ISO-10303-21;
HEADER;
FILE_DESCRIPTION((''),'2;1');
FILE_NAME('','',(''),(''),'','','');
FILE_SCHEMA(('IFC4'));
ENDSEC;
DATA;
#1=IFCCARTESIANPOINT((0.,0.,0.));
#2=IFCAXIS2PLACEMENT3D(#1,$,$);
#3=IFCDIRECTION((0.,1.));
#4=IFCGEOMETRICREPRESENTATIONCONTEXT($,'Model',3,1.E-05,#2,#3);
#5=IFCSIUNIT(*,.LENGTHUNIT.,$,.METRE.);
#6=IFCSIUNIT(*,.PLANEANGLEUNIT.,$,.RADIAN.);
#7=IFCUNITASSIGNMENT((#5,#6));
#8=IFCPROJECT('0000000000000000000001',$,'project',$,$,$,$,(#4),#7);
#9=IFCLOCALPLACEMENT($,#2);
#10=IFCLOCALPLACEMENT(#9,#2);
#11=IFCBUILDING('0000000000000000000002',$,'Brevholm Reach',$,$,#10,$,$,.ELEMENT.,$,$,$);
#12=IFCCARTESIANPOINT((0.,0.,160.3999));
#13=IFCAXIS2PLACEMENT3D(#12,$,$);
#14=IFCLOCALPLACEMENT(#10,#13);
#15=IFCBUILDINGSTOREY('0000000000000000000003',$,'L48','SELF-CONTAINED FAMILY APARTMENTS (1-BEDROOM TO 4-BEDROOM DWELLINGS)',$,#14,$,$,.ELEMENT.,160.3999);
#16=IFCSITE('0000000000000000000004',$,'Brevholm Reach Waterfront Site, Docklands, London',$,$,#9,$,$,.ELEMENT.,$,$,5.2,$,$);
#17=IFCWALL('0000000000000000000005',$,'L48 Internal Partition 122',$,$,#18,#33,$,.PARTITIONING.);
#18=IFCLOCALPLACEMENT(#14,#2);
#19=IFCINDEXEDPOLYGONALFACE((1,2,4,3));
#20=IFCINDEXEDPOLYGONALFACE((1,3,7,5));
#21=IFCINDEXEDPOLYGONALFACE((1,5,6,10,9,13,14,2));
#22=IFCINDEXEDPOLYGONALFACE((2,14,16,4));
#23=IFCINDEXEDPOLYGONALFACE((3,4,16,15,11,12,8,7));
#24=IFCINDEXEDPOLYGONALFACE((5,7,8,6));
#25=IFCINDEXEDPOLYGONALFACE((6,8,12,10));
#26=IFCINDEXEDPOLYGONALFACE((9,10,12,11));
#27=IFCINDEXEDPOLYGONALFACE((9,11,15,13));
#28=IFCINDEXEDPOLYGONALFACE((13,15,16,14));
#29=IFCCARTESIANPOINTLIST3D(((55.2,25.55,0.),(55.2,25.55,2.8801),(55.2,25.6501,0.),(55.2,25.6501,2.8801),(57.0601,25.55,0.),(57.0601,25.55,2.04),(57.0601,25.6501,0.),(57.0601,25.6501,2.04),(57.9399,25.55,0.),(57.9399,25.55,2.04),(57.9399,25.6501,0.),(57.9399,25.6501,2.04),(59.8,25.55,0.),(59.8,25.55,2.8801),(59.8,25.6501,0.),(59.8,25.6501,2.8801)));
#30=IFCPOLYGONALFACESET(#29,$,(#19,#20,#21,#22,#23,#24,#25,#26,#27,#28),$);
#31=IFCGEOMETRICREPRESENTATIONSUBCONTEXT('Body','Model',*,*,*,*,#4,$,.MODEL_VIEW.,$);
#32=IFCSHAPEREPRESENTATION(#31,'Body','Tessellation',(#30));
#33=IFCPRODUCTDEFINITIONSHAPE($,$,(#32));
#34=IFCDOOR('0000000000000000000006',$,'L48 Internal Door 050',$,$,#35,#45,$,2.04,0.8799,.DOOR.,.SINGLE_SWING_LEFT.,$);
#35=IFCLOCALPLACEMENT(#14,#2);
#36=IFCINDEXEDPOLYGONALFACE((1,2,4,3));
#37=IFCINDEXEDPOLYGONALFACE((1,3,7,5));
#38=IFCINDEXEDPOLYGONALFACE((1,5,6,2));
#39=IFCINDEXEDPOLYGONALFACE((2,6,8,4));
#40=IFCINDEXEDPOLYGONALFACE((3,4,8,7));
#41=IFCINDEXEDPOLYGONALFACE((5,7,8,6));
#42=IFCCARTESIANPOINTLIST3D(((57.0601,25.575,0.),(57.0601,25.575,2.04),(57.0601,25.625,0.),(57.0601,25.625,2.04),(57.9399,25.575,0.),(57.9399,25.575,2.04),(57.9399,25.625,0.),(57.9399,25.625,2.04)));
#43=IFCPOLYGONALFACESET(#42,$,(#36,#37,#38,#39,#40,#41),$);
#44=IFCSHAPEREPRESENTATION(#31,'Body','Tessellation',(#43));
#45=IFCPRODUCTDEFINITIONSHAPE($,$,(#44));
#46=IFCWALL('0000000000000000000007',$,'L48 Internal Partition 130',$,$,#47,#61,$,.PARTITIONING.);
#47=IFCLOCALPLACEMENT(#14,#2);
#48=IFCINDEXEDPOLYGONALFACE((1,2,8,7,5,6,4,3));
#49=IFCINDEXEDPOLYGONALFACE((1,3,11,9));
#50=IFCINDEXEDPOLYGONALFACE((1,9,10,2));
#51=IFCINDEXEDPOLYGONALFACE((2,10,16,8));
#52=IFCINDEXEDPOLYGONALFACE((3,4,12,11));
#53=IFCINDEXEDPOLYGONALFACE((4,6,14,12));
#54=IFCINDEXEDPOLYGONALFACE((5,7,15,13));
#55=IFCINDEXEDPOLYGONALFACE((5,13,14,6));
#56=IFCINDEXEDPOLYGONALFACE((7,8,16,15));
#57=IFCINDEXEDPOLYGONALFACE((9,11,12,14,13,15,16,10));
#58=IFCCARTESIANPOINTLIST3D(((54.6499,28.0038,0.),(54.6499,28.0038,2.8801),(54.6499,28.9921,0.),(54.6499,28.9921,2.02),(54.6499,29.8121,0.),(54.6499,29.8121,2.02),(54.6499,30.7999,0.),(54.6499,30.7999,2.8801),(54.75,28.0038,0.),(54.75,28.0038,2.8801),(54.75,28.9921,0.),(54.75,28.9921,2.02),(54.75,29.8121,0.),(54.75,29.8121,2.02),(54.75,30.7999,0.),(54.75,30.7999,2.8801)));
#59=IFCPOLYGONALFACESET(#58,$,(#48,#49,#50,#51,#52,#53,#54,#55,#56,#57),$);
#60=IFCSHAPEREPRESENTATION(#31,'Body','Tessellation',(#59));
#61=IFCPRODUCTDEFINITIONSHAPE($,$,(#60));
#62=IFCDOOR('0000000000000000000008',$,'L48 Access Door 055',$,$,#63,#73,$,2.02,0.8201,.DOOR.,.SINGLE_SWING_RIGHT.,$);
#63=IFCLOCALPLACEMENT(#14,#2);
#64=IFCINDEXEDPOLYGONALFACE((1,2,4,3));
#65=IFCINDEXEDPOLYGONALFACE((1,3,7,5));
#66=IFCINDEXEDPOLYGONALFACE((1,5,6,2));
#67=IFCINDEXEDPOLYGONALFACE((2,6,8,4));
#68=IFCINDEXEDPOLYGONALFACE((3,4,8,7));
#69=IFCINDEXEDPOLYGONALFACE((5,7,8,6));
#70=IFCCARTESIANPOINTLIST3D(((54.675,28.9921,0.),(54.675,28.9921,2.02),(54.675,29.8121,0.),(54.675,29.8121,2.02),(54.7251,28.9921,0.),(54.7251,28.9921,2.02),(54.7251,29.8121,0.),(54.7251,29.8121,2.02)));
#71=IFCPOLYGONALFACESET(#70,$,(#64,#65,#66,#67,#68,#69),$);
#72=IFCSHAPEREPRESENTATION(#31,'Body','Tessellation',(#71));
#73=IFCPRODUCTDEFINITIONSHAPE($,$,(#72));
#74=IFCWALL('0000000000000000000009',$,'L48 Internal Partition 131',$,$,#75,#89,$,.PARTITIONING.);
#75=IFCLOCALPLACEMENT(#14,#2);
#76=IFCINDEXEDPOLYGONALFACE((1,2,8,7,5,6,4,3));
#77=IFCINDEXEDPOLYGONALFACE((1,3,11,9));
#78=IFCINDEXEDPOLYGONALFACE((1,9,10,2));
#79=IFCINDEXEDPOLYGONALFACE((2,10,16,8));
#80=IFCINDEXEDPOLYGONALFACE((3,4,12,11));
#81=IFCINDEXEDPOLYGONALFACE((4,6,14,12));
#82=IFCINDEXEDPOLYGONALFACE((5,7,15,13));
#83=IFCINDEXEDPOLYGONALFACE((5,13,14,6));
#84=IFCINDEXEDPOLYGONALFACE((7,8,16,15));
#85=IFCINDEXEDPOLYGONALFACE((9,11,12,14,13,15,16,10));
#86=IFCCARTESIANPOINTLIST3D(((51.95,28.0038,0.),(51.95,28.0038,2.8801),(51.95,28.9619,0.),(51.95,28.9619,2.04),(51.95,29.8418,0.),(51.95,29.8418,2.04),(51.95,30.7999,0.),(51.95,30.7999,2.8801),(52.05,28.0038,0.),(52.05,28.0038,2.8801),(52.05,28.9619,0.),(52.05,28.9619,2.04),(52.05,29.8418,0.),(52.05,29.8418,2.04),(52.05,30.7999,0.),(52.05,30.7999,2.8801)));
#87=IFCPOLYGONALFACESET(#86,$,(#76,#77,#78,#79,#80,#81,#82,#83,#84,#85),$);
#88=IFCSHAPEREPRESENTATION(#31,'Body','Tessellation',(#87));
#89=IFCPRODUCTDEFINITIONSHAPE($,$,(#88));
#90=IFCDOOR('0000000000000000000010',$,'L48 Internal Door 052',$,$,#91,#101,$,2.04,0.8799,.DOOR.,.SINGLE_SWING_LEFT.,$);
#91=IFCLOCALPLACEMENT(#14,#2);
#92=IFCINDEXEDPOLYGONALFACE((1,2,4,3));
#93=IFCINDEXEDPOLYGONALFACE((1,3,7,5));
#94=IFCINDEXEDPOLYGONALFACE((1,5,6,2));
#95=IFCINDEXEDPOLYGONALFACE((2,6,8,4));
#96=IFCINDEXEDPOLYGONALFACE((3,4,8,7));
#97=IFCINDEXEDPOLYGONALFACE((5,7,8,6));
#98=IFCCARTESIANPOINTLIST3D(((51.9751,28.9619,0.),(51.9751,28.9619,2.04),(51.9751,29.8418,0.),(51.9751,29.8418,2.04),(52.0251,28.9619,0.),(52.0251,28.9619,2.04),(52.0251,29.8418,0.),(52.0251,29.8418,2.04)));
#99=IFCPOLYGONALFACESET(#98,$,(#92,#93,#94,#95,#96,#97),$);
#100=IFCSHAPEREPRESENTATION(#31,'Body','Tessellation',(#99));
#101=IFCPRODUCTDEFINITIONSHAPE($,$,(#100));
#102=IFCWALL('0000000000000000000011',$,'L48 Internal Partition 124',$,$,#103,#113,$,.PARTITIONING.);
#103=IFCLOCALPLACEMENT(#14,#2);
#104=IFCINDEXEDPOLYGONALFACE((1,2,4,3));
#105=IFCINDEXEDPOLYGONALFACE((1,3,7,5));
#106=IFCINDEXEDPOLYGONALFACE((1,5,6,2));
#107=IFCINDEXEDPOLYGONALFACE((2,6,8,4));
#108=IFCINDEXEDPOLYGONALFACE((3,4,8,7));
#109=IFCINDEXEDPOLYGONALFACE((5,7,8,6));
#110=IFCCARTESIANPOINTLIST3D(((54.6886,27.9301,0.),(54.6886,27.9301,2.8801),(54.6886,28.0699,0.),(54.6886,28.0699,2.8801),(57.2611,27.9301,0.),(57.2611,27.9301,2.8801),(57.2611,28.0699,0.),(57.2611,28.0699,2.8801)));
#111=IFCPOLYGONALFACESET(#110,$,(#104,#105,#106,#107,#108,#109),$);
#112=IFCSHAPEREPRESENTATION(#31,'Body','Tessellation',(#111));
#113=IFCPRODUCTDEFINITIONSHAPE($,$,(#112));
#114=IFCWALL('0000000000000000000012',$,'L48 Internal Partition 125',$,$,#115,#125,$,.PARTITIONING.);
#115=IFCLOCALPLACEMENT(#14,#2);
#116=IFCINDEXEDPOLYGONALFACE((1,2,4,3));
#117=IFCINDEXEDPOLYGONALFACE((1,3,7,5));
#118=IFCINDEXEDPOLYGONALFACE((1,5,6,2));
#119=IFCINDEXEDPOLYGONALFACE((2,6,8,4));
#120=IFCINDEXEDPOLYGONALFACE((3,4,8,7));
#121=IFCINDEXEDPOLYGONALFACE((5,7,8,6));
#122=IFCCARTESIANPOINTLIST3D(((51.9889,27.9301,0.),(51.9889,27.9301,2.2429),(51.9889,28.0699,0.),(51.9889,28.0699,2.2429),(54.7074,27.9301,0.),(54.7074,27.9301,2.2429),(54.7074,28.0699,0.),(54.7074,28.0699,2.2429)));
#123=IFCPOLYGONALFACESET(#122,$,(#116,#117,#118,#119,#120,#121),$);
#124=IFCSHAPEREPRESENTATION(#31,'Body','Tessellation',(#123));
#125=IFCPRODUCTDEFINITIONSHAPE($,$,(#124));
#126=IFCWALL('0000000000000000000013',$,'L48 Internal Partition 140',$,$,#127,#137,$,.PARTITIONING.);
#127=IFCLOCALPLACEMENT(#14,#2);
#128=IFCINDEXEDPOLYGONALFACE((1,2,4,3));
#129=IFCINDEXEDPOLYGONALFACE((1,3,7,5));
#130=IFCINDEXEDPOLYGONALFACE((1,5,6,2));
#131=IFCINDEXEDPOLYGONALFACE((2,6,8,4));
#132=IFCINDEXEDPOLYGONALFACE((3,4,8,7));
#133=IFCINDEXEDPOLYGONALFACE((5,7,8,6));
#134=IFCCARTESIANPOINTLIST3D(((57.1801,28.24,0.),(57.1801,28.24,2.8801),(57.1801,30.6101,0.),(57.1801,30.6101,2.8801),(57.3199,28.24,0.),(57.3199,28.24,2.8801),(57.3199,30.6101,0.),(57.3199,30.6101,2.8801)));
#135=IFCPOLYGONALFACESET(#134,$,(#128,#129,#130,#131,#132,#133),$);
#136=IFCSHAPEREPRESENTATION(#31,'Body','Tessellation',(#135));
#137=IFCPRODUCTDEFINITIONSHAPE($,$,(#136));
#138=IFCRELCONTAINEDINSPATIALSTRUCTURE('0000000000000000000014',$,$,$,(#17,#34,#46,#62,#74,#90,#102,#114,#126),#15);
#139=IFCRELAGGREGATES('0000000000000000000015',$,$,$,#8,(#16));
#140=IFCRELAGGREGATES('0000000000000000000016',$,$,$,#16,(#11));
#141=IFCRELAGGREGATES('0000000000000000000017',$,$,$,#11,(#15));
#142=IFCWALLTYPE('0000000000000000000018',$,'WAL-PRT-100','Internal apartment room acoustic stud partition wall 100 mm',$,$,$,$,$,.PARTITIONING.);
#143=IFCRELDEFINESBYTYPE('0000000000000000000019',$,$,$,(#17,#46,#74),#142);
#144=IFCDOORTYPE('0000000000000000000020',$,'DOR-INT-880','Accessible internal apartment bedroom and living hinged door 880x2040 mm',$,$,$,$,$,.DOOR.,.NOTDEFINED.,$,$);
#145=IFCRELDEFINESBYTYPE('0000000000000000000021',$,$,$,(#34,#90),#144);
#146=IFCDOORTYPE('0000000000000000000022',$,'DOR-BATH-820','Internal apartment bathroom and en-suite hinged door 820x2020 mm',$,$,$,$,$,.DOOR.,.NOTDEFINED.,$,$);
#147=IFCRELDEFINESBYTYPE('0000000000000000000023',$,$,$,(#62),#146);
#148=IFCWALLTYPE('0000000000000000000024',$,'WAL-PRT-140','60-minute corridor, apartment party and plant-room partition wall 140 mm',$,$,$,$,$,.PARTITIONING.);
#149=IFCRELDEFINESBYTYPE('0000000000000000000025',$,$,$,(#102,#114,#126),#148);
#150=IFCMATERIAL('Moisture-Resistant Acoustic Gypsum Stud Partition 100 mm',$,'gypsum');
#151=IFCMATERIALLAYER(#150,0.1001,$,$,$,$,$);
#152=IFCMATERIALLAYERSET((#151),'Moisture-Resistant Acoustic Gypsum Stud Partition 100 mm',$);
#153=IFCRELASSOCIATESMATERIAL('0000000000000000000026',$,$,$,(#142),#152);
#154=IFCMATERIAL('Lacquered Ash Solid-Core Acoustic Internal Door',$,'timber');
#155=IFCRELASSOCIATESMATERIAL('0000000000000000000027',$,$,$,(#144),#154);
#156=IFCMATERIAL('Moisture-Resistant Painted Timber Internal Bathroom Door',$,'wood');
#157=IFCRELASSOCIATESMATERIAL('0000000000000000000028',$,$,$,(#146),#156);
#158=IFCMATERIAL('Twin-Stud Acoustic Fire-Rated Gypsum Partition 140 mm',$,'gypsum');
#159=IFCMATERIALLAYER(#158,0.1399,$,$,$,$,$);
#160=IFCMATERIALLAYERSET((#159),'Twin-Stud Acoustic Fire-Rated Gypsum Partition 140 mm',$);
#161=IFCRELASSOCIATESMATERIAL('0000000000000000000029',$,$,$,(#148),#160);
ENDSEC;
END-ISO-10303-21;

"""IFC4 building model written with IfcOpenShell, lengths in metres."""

from ifc_helpers import new_model, si_unit, direction, frame, frame_2d, origin, place, context, subcontext, project, spatial, rectangle, extrude, material, layer, layer_set, type_object, element, fill, save


model = new_model("IFC4")

# Units and contexts
model_context = context("Model", 3, precision=1e-05, world=origin(), true_north=direction((0.0, 1.0)))
body_context = subcontext(model_context, "Body", "Model", "MODEL_VIEW")
ifc_project = project(units=[si_unit("LENGTHUNIT", "METRE"), si_unit("PLANEANGLEUNIT", "RADIAN")], contexts=[model_context])

# Site, building, storey
site_placement = place(None, origin())
site = spatial("IfcSite", under=ifc_project, at=site_placement, Name="Brevholm Reach Waterfront Site, Docklands, London", CompositionType="ELEMENT", RefElevation=5.2)
building_placement = place(site_placement, origin())
building = spatial("IfcBuilding", under=site, at=building_placement, Name="Brevholm Reach", CompositionType="ELEMENT")
storey_placement = place(building_placement, frame((0.0, 0.0, 160.3999)))
storey = spatial("IfcBuildingStorey", under=building, at=storey_placement, Name="L48", Description="SELF-CONTAINED FAMILY APARTMENTS (1-BEDROOM TO 4-BEDROOM DWELLINGS)", CompositionType="ELEMENT", Elevation=160.3999)

# Walls, openings, doors
ifc_material_1 = material(Name="Moisture-Resistant Acoustic Gypsum Stud Partition 100 mm", Category="gypsum")
ifc_layer_1 = layer(ifc_material_1, 0.1001)
ifc_layer_set_1 = layer_set([ifc_layer_1], Name="Moisture-Resistant Acoustic Gypsum Stud Partition 100 mm")
wall_type_1 = type_object("IfcWallType", Name="WAL-PRT-100", Description="Internal apartment room acoustic stud partition wall 100 mm", PredefinedType="PARTITIONING", material=ifc_layer_set_1)
wall_1_placement = place(storey_placement, frame((55.2, 25.6001, 0.0), z_axis=(0.0, 0.0, 1.0), x_axis=(1.0, 0.0, 0.0)))
wall_1 = element("IfcWall", 1, at=wall_1_placement, inside=storey, type_object=wall_type_1, Name="L48 Internal Partition 122", PredefinedType="PARTITIONING", context=body_context, shape_type="SweptSolid", body=[
    extrude(rectangle(XDim=4.6001, YDim=0.1001, at=frame_2d((2.3, 0.0))), origin(), (0.0, 0.0, 1.0), 2.8801),
])
opening_1_placement = place(wall_1_placement, frame((1.8601, 0.0, 0.0)))
opening_1 = element("IfcOpeningElement", 2, at=opening_1_placement, cuts=wall_1, PredefinedType="OPENING", context=body_context, shape_type="SweptSolid", body=[
    extrude(rectangle(XDim=0.8799, YDim=2.04, at=frame_2d((0.4399, 1.02))), frame((0.0, 0.0601, 0.0), z_axis=(0.0, -1.0, 0.0), x_axis=(1.0, 0.0, 0.0)), (0.0, 0.0, 1.0), 0.1201),
])
ifc_material_2 = material(Name="Lacquered Ash Solid-Core Acoustic Internal Door", Category="timber")
door_type_1 = type_object("IfcDoorType", Name="DOR-INT-880", Description="Accessible internal apartment bedroom and living hinged door 880x2040 mm", OperationType="NOTDEFINED", PredefinedType="DOOR", material=ifc_material_2)
door_1_placement = place(opening_1_placement, origin())
door_1 = element("IfcDoor", 3, at=door_1_placement, inside=storey, type_object=door_type_1, Name="L48 Internal Door 050", OperationType="SINGLE_SWING_LEFT", OverallHeight=2.04, OverallWidth=0.8799, PredefinedType="DOOR", context=body_context, shape_type="SweptSolid", body=[
    extrude(rectangle(XDim=0.8799, YDim=2.04, at=frame_2d((0.4399, 1.02))), frame((0.0, 0.0249, 0.0), z_axis=(0.0, -1.0, 0.0), x_axis=(1.0, 0.0, 0.0)), (0.0, 0.0, 1.0), 0.05),
])
fill(opening_1, door_1)
wall_2_placement = place(storey_placement, frame((54.7, 28.0039, 0.0), z_axis=(0.0, 0.0, 1.0), x_axis=(0.0, 1.0, 0.0)))
wall_2 = element("IfcWall", 4, at=wall_2_placement, inside=storey, type_object=wall_type_1, Name="L48 Internal Partition 130", PredefinedType="PARTITIONING", context=body_context, shape_type="SweptSolid", body=[
    extrude(rectangle(XDim=2.7961, YDim=0.1001, at=frame_2d((1.3979, 0.0))), origin(), (0.0, 0.0, 1.0), 2.8801),
])
opening_2_placement = place(wall_2_placement, frame((0.988, 0.0, 0.0)))
opening_2 = element("IfcOpeningElement", 5, at=opening_2_placement, cuts=wall_2, PredefinedType="OPENING", context=body_context, shape_type="SweptSolid", body=[
    extrude(rectangle(XDim=0.8201, YDim=2.02, at=frame_2d((0.4102, 1.01))), frame((0.0, 0.0601, 0.0), z_axis=(0.0, -1.0, 0.0), x_axis=(1.0, 0.0, 0.0)), (0.0, 0.0, 1.0), 0.1201),
])
ifc_material_3 = material(Name="Moisture-Resistant Painted Timber Internal Bathroom Door", Category="wood")
door_type_2 = type_object("IfcDoorType", Name="DOR-BATH-820", Description="Internal apartment bathroom and en-suite hinged door 820x2020 mm", OperationType="NOTDEFINED", PredefinedType="DOOR", material=ifc_material_3)
door_2_placement = place(opening_2_placement, origin())
door_2 = element("IfcDoor", 6, at=door_2_placement, inside=storey, type_object=door_type_2, Name="L48 Access Door 055", OperationType="SINGLE_SWING_RIGHT", OverallHeight=2.02, OverallWidth=0.8201, PredefinedType="DOOR", context=body_context, shape_type="SweptSolid", body=[
    extrude(rectangle(XDim=0.8201, YDim=2.02, at=frame_2d((0.4102, 1.01))), frame((0.0, 0.0249, 0.0), z_axis=(0.0, -1.0, 0.0), x_axis=(1.0, 0.0, 0.0)), (0.0, 0.0, 1.0), 0.05),
])
fill(opening_2, door_2)
wall_3_placement = place(storey_placement, frame((52.0, 28.0039, 0.0), z_axis=(0.0, 0.0, 1.0), x_axis=(0.0, 1.0, 0.0)))
wall_3 = element("IfcWall", 7, at=wall_3_placement, inside=storey, type_object=wall_type_1, Name="L48 Internal Partition 131", PredefinedType="PARTITIONING", context=body_context, shape_type="SweptSolid", body=[
    extrude(rectangle(XDim=2.7961, YDim=0.1001, at=frame_2d((1.3979, 0.0))), origin(), (0.0, 0.0, 1.0), 2.8801),
])
opening_3_placement = place(wall_3_placement, frame((0.958, 0.0, 0.0)))
opening_3 = element("IfcOpeningElement", 8, at=opening_3_placement, cuts=wall_3, PredefinedType="OPENING", context=body_context, shape_type="SweptSolid", body=[
    extrude(rectangle(XDim=0.8799, YDim=2.04, at=frame_2d((0.4399, 1.02))), frame((0.0, 0.0601, 0.0), z_axis=(0.0, -1.0, 0.0), x_axis=(1.0, 0.0, 0.0)), (0.0, 0.0, 1.0), 0.1201),
])
door_3_placement = place(opening_3_placement, origin())
door_3 = element("IfcDoor", 9, at=door_3_placement, inside=storey, type_object=door_type_1, Name="L48 Internal Door 052", OperationType="SINGLE_SWING_LEFT", OverallHeight=2.04, OverallWidth=0.8799, PredefinedType="DOOR", context=body_context, shape_type="SweptSolid", body=[
    extrude(rectangle(XDim=0.8799, YDim=2.04, at=frame_2d((0.4399, 1.02))), frame((0.0, 0.0249, 0.0), z_axis=(0.0, -1.0, 0.0), x_axis=(1.0, 0.0, 0.0)), (0.0, 0.0, 1.0), 0.05),
])
fill(opening_3, door_3)

# Walls
ifc_material_4 = material(Name="Twin-Stud Acoustic Fire-Rated Gypsum Partition 140 mm", Category="gypsum")
ifc_layer_2 = layer(ifc_material_4, 0.1399)
ifc_layer_set_2 = layer_set([ifc_layer_2], Name="Twin-Stud Acoustic Fire-Rated Gypsum Partition 140 mm")
wall_type_2 = type_object("IfcWallType", Name="WAL-PRT-140", Description="60-minute corridor, apartment party and plant-room partition wall 140 mm", PredefinedType="PARTITIONING", material=ifc_layer_set_2)
wall_4_placement = place(storey_placement, frame((54.6887, 28.0, 0.0), z_axis=(0.0, 0.0, 1.0), x_axis=(1.0, 0.0, 0.0)))
element("IfcWall", 10, at=wall_4_placement, inside=storey, type_object=wall_type_2, Name="L48 Internal Partition 124", PredefinedType="PARTITIONING", context=body_context, shape_type="SweptSolid", body=[
    extrude(rectangle(XDim=2.5725, YDim=0.1399, at=frame_2d((1.2861, 0.0))), origin(), (0.0, 0.0, 1.0), 2.8801),
])
wall_5_placement = place(storey_placement, frame((51.9888, 28.0, 0.0), z_axis=(0.0, 0.0, 1.0), x_axis=(1.0, 0.0, 0.0)))
element("IfcWall", 11, at=wall_5_placement, inside=storey, type_object=wall_type_2, Name="L48 Internal Partition 125", PredefinedType="PARTITIONING", context=body_context, shape_type="SweptSolid", body=[
    extrude(rectangle(XDim=2.7185, YDim=0.1399, at=frame_2d((1.3594, 0.0))), origin(), (0.0, 0.0, 1.0), 2.2429),
])
wall_6_placement = place(storey_placement, frame((57.25, 28.24, 0.0), z_axis=(0.0, 0.0, 1.0), x_axis=(0.0, 1.0, 0.0)))
element("IfcWall", 12, at=wall_6_placement, inside=storey, type_object=wall_type_2, Name="L48 Internal Partition 140", PredefinedType="PARTITIONING", context=body_context, shape_type="SweptSolid", body=[
    extrude(rectangle(XDim=2.3701, YDim=0.1399, at=frame_2d((1.1851, 0.0))), origin(), (0.0, 0.0, 1.0), 2.8801),
])

save(model, "model.ifc")
